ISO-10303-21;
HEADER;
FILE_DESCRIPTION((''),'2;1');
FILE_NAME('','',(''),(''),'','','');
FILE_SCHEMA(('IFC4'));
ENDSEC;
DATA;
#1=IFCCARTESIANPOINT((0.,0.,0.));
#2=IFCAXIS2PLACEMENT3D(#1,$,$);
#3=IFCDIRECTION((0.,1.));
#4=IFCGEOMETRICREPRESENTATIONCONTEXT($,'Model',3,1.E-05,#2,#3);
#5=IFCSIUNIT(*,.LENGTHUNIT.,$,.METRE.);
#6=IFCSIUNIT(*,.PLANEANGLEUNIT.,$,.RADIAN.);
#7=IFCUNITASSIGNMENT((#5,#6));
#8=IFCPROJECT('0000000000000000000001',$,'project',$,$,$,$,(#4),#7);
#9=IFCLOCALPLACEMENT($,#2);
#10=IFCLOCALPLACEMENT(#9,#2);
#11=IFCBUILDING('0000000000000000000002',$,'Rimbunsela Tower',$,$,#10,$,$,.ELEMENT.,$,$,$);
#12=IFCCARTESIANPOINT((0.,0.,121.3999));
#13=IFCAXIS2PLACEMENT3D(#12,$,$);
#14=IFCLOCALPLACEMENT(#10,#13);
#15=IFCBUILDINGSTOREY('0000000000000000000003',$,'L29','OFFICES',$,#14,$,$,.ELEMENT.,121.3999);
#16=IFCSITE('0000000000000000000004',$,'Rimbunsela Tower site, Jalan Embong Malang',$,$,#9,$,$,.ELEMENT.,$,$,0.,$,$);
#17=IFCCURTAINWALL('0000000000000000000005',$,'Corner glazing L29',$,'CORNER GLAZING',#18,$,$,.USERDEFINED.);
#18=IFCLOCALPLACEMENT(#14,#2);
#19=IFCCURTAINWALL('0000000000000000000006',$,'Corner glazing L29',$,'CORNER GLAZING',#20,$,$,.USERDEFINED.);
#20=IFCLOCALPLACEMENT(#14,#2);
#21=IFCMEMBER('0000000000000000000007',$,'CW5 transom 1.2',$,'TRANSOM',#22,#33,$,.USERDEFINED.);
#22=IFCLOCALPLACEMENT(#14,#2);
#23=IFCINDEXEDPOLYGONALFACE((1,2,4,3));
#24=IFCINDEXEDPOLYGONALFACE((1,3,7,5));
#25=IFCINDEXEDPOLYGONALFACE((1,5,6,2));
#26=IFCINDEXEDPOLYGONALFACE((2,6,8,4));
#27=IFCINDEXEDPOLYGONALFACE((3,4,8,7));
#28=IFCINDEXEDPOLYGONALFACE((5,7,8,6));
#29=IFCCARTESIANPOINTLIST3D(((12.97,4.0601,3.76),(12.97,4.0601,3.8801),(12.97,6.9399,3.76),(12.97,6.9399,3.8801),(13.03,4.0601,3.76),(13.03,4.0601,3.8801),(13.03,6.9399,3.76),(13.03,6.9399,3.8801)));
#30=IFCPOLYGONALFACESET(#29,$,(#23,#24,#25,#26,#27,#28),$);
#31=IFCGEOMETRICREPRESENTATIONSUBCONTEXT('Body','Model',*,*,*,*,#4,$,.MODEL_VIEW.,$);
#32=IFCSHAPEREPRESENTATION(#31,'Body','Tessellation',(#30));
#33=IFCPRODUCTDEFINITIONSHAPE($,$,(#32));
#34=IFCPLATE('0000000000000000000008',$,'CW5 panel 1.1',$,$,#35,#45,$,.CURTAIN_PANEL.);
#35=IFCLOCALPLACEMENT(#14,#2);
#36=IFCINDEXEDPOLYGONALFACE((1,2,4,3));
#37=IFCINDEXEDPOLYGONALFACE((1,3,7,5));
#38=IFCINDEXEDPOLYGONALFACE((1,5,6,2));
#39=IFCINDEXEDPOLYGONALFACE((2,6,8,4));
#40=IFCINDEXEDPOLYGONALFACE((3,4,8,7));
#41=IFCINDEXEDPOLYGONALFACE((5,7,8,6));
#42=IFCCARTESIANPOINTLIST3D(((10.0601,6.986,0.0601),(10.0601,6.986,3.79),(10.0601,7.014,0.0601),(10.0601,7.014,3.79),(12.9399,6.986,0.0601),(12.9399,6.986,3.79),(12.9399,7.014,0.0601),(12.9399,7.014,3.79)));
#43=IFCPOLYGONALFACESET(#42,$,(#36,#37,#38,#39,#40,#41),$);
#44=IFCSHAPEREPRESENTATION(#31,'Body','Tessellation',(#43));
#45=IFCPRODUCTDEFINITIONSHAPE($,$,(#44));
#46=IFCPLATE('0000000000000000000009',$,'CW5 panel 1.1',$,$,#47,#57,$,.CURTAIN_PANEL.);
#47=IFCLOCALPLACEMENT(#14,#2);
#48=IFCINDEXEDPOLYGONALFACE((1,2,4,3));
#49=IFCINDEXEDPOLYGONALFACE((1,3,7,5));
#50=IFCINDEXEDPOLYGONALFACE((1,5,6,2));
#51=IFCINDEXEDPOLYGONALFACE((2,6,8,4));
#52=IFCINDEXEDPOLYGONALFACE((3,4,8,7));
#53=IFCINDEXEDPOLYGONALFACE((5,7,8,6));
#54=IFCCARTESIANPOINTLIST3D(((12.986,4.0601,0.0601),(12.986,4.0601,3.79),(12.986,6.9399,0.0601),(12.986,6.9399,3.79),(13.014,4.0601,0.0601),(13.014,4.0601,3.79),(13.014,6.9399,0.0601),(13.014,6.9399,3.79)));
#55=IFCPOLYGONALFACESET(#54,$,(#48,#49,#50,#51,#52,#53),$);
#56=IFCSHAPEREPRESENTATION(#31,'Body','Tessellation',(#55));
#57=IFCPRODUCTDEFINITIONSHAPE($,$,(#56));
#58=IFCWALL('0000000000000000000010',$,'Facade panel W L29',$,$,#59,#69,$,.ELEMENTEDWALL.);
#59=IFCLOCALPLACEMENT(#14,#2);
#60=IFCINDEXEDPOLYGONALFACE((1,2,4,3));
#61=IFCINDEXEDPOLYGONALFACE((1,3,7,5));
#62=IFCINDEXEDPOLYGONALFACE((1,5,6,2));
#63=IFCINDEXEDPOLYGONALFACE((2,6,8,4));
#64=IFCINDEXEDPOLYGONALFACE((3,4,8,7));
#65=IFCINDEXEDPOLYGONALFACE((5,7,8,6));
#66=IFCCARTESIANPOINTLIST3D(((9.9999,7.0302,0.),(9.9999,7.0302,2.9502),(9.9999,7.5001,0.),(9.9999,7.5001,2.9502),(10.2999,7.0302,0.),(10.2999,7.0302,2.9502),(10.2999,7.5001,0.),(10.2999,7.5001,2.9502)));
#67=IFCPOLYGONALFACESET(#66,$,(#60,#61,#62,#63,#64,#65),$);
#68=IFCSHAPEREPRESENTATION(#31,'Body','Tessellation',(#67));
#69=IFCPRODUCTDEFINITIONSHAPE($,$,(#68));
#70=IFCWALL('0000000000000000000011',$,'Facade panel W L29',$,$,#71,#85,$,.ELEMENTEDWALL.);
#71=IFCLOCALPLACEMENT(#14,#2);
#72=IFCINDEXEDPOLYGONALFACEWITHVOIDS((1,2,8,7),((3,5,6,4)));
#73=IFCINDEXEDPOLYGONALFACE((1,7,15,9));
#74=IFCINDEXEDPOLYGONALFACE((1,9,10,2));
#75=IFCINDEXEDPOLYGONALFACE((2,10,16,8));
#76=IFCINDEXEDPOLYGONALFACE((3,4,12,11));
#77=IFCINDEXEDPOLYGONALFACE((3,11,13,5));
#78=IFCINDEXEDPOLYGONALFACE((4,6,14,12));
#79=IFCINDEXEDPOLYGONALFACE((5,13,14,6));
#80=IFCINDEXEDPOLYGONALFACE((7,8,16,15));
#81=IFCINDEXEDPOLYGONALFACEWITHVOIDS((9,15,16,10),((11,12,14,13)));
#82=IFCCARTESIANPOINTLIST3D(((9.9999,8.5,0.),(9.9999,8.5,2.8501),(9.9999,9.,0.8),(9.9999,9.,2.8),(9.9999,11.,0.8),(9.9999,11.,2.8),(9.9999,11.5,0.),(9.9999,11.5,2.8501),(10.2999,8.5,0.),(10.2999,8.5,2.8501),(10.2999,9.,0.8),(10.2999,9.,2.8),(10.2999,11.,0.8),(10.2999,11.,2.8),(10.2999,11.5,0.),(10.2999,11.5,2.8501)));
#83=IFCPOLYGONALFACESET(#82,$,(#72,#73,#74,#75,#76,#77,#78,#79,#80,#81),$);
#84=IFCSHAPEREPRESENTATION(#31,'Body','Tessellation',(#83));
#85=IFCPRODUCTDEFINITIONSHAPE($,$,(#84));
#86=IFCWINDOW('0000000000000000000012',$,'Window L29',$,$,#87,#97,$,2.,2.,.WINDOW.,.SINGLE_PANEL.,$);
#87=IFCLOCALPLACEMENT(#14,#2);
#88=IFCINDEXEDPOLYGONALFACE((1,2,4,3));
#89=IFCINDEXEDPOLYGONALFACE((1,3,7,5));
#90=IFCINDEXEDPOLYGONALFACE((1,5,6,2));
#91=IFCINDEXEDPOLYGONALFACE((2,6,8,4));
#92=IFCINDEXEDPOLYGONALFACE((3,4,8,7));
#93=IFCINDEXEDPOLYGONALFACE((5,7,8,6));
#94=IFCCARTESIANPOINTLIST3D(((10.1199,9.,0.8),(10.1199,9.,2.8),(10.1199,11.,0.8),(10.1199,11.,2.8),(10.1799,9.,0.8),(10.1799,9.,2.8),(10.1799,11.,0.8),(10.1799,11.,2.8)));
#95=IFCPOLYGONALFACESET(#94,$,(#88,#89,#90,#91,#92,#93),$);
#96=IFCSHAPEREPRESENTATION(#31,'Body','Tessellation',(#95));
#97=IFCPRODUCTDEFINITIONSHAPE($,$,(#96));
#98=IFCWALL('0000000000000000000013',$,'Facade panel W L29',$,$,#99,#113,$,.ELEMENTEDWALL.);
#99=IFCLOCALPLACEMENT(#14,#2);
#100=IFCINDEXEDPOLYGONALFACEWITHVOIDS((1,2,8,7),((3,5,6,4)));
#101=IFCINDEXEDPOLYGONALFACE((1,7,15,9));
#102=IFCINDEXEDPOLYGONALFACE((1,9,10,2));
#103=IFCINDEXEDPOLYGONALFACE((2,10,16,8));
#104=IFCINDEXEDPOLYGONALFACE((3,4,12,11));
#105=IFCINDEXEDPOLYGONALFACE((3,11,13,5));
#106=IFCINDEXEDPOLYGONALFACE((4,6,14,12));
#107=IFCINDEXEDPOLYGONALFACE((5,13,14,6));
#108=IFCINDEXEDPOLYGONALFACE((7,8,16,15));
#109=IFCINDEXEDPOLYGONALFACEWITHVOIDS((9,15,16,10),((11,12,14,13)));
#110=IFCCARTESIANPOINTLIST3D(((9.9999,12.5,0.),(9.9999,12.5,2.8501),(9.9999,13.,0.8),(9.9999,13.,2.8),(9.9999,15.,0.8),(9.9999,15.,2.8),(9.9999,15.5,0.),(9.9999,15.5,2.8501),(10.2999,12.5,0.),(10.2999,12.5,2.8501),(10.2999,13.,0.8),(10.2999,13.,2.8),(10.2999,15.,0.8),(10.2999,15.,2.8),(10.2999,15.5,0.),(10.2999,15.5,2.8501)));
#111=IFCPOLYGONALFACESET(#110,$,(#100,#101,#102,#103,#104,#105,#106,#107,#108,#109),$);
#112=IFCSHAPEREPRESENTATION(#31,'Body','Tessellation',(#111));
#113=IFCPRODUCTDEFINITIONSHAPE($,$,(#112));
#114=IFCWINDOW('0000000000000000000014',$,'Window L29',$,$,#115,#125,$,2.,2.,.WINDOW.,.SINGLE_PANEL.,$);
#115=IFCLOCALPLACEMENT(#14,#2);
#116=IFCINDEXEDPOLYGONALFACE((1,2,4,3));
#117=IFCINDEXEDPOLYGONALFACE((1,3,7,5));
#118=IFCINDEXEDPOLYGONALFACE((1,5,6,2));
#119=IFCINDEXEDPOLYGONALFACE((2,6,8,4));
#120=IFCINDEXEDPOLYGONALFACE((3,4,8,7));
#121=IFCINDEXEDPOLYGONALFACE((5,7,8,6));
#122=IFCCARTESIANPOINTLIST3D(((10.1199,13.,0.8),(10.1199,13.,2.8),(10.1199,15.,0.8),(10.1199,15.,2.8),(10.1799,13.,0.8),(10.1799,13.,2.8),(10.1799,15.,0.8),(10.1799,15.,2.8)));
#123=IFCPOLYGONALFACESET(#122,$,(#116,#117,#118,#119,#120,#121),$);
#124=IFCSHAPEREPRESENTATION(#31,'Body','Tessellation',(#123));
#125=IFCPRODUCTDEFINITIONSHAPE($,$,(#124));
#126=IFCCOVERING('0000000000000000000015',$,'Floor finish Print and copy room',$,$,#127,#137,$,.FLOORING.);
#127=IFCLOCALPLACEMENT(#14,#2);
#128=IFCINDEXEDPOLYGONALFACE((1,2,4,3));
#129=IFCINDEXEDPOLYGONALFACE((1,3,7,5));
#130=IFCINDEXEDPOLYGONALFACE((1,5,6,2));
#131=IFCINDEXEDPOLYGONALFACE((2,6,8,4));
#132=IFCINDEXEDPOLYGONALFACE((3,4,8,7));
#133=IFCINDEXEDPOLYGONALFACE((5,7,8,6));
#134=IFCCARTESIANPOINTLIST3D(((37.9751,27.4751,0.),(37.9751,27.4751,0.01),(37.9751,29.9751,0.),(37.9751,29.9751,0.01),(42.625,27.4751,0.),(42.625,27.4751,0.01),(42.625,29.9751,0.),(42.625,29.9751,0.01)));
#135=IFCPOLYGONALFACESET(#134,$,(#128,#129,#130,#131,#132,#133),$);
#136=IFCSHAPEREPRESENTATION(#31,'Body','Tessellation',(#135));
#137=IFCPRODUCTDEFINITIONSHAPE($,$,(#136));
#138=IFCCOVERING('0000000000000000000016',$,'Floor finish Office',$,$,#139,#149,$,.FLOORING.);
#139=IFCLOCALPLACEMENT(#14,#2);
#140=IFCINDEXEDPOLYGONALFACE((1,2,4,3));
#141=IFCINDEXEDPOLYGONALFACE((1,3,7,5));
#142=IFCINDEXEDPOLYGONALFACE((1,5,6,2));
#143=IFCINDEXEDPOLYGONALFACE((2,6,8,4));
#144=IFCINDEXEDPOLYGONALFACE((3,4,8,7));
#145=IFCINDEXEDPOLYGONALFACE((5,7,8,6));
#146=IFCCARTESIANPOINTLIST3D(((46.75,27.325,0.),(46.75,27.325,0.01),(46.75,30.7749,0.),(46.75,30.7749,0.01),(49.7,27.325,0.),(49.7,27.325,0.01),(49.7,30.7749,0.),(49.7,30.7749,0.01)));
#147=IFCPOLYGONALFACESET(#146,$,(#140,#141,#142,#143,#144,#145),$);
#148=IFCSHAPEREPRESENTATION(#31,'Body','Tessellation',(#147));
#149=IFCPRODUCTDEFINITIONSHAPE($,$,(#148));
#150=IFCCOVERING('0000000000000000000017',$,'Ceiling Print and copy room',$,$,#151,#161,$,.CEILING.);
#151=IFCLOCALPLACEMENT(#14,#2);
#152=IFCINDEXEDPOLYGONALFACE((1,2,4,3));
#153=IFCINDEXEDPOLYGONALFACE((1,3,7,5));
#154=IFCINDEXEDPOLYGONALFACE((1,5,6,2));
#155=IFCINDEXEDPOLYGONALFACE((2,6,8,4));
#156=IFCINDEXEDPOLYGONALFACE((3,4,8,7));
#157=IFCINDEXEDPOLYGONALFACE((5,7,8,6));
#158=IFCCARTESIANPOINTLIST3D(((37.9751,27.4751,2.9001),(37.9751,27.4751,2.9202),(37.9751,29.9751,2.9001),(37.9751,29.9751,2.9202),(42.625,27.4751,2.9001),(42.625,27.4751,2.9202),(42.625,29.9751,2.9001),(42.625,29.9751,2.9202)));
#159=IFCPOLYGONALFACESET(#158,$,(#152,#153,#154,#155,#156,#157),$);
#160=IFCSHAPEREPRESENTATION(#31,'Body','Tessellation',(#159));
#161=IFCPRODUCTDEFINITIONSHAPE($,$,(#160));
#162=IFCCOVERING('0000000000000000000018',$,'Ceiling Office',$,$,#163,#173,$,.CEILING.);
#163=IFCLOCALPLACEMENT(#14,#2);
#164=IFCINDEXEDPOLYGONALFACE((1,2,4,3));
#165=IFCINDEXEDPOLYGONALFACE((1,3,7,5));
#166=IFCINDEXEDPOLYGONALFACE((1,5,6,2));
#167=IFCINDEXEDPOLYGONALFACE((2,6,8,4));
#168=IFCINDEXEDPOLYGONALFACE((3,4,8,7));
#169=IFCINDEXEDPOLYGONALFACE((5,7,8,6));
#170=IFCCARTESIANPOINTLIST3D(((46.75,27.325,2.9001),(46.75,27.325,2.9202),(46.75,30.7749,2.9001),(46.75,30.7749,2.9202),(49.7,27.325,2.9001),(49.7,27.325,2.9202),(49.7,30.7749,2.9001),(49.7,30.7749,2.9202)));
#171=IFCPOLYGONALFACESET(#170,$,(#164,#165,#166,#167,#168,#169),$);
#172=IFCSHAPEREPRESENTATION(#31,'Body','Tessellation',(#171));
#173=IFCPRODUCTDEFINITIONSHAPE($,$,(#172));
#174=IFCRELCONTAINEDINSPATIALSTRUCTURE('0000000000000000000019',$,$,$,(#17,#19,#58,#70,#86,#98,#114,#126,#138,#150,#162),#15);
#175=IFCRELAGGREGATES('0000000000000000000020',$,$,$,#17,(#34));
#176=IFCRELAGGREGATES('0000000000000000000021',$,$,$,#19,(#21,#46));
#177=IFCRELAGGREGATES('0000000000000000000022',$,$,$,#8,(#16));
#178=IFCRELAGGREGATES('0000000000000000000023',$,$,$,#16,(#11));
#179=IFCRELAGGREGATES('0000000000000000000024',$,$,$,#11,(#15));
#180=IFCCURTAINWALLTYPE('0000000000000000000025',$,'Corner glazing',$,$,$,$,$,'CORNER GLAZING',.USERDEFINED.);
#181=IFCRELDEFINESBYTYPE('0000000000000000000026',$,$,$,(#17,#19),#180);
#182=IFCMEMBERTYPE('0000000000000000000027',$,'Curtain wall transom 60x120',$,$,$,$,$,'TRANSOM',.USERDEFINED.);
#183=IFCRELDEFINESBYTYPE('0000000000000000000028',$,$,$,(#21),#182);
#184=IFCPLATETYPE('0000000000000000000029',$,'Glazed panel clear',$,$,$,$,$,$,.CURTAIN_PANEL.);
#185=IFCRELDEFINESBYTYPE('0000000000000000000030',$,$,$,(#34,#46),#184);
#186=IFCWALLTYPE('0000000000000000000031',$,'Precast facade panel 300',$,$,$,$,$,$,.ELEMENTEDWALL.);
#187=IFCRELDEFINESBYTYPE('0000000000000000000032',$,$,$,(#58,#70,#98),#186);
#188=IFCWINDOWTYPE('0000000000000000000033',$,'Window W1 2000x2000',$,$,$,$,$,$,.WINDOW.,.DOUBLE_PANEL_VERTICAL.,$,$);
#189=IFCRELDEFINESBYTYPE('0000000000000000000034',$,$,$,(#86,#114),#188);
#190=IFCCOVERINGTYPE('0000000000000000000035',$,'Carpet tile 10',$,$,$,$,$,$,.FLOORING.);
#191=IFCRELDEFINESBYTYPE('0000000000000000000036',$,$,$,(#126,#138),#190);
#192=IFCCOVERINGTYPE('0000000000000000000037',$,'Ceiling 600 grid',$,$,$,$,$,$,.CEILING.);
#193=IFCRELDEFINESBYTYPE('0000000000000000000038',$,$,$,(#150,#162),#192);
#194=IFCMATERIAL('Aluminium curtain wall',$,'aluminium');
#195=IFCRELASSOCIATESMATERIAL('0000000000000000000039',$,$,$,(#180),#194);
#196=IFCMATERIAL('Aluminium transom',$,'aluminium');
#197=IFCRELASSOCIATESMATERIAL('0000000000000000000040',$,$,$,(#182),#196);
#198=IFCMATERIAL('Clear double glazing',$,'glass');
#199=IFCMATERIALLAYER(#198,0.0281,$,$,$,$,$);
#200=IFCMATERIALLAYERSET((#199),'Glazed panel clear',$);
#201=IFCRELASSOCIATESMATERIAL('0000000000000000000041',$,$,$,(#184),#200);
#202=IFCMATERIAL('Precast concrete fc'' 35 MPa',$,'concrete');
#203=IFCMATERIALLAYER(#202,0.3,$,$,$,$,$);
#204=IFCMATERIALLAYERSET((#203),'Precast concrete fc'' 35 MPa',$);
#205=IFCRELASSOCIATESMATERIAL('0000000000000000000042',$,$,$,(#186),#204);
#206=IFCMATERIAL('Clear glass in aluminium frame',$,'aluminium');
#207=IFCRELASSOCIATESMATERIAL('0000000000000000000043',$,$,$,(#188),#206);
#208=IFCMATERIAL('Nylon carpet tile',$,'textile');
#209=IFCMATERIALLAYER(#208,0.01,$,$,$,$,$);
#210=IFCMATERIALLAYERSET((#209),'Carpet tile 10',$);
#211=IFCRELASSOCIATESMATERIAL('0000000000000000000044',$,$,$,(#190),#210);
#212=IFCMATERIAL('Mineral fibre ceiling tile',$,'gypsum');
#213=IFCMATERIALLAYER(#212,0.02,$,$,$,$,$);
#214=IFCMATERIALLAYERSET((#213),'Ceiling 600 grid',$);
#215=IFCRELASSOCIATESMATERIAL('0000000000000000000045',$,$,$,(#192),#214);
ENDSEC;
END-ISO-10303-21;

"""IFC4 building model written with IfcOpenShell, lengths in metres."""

from ifc_helpers import new_model, si_unit, direction, frame, frame_2d, origin, origin_2d, place, context, subcontext, project, spatial, polyline, rectangle, outline, extrude, material, layer, layer_set, material_profile, profile_set, type_object, element, fill, aggregate, save


model = new_model("IFC4")

# Units and contexts
model_context = context("Model", 3, precision=1e-05, world=origin(), true_north=direction((0.0, 1.0)))
body_context = subcontext(model_context, "Body", "Model", "MODEL_VIEW")
ifc_project = project(units=[si_unit("LENGTHUNIT", "METRE"), si_unit("PLANEANGLEUNIT", "RADIAN")], contexts=[model_context])

# Site, building, storey
site_placement = place(None, origin())
site = spatial("IfcSite", under=ifc_project, at=site_placement, Name="Rimbunsela Tower site, Jalan Embong Malang", CompositionType="ELEMENT", RefElevation=0.0)
building_placement = place(site_placement, origin())
building = spatial("IfcBuilding", under=site, at=building_placement, Name="Rimbunsela Tower", CompositionType="ELEMENT")
storey_placement = place(building_placement, frame((0.0, 0.0, 121.3999)))
storey = spatial("IfcBuildingStorey", under=building, at=storey_placement, Name="L29", Description="OFFICES", CompositionType="ELEMENT", Elevation=121.3999)

# Curtain wall
ifc_material_1 = material(Name="Aluminium curtain wall", Category="aluminium")
curtain_wall_type = type_object("IfcCurtainWallType", Name="Corner glazing", ElementType="CORNER GLAZING", PredefinedType="USERDEFINED", material=ifc_material_1)
curtain_wall_1_placement = place(storey_placement, origin())
curtain_wall_1 = element("IfcCurtainWall", 1, at=curtain_wall_1_placement, inside=storey, type_object=curtain_wall_type, Name="Corner glazing L29", ObjectType="CORNER GLAZING", PredefinedType="USERDEFINED")

# Curtain wall
curtain_wall_2_placement = place(storey_placement, origin())
curtain_wall_2 = element("IfcCurtainWall", 2, at=curtain_wall_2_placement, inside=storey, type_object=curtain_wall_type, Name="Corner glazing L29", ObjectType="CORNER GLAZING", PredefinedType="USERDEFINED")

# Member
ifc_material_2 = material(Name="Aluminium transom", Category="aluminium")
ifc_material_profile_1 = material_profile(ifc_material_2, rectangle(XDim=0.0601, YDim=0.1201, at=origin_2d()), Name="Transom 60x120")
ifc_profile_set_1 = profile_set([ifc_material_profile_1], Name="Aluminium transom")
member_type_1 = type_object("IfcMemberType", Name="Curtain wall transom 60x120", ElementType="TRANSOM", PredefinedType="USERDEFINED", material=ifc_profile_set_1)
member_1_placement = place(storey_placement, frame((13.0, 6.9399, 3.8201), z_axis=(0.0, -1.0, 0.0), x_axis=(1.0, 0.0, 0.0)))
member_1 = element("IfcMember", 3, at=member_1_placement, type_object=member_type_1, Name="CW5 transom 1.2", ObjectType="TRANSOM", PredefinedType="USERDEFINED", context=body_context, shape_type="SweptSolid", body=[
    extrude(rectangle(XDim=0.0601, YDim=0.1201, at=origin_2d()), origin(), (0.0, 0.0, 1.0), 2.8799),
])

# Plates
ifc_material_3 = material(Name="Clear double glazing", Category="glass")
ifc_layer_1 = layer(ifc_material_3, 0.0281)
ifc_layer_set_1 = layer_set([ifc_layer_1], Name="Glazed panel clear")
plate_type = type_object("IfcPlateType", Name="Glazed panel clear", PredefinedType="CURTAIN_PANEL", material=ifc_layer_set_1)
plate_1_placement = place(storey_placement, frame((11.5, 7.0, 0.0601), z_axis=(0.0, 0.0, 1.0), x_axis=(1.0, 0.0, 0.0)))
plate_1 = element("IfcPlate", 4, at=plate_1_placement, type_object=plate_type, Name="CW5 panel 1.1", PredefinedType="CURTAIN_PANEL", context=body_context, shape_type="SweptSolid", body=[
    extrude(rectangle(XDim=2.8799, YDim=0.0281, at=origin_2d()), origin(), (0.0, 0.0, 1.0), 3.73),
])
aggregate(curtain_wall_1, [plate_1])
plate_2_placement = place(storey_placement, frame((13.0, 5.5, 0.0601), z_axis=(0.0, 0.0, 1.0), x_axis=(0.0, -1.0, 0.0)))
plate_2 = element("IfcPlate", 5, at=plate_2_placement, type_object=plate_type, Name="CW5 panel 1.1", PredefinedType="CURTAIN_PANEL", context=body_context, shape_type="SweptSolid", body=[
    extrude(rectangle(XDim=2.8799, YDim=0.0281, at=origin_2d()), origin(), (0.0, 0.0, 1.0), 3.73),
])
aggregate(curtain_wall_2, [member_1, plate_2])

# Wall
ifc_material_4 = material(Name="Precast concrete fc' 35 MPa", Category="concrete")
ifc_layer_2 = layer(ifc_material_4, 0.3)
ifc_layer_set_2 = layer_set([ifc_layer_2], Name="Precast concrete fc' 35 MPa")
wall_type = type_object("IfcWallType", Name="Precast facade panel 300", PredefinedType="ELEMENTEDWALL", material=ifc_layer_set_2)
wall_1_placement = place(storey_placement, frame((10.1499, 7.5, 0.0), z_axis=(0.0, 0.0, 1.0), x_axis=(0.0, -1.0, 0.0)))
element("IfcWall", 6, at=wall_1_placement, inside=storey, type_object=wall_type, Name="Facade panel W L29", PredefinedType="ELEMENTEDWALL", context=body_context, shape_type="SweptSolid", body=[
    extrude(rectangle(XDim=0.47, YDim=0.3, at=frame_2d((0.2349, 0.0))), origin(), (0.0, 0.0, 1.0), 2.9502),
])

# Walls, openings, windows
wall_2_placement = place(storey_placement, frame((10.1499, 11.5, 0.0), z_axis=(0.0, 0.0, 1.0), x_axis=(0.0, -1.0, 0.0)))
wall_2 = element("IfcWall", 7, at=wall_2_placement, inside=storey, type_object=wall_type, Name="Facade panel W L29", PredefinedType="ELEMENTEDWALL", context=body_context, shape_type="SweptSolid", body=[
    extrude(rectangle(XDim=3.0, YDim=0.3, at=frame_2d((1.5, 0.0))), origin(), (0.0, 0.0, 1.0), 2.8501),
])
opening_1_placement = place(wall_2_placement, frame((0.5, 0.0, 0.8)))
opening_1 = element("IfcOpeningElement", 8, at=opening_1_placement, cuts=wall_2, PredefinedType="OPENING", context=body_context, shape_type="SweptSolid", body=[
    extrude(rectangle(XDim=2.0, YDim=2.0, at=frame_2d((1.0, 1.0))), frame((0.0, 0.1599, 0.0), z_axis=(0.0, -1.0, 0.0), x_axis=(1.0, 0.0, 0.0)), (0.0, 0.0, 1.0), 0.3201),
])
ifc_material_5 = material(Name="Clear glass in aluminium frame", Category="aluminium")
window_type = type_object("IfcWindowType", Name="Window W1 2000x2000", PartitioningType="DOUBLE_PANEL_VERTICAL", PredefinedType="WINDOW", material=ifc_material_5)
window_1_placement = place(opening_1_placement, origin())
window_1 = element("IfcWindow", 9, at=window_1_placement, inside=storey, type_object=window_type, Name="Window L29", OverallHeight=2.0, OverallWidth=2.0, PartitioningType="SINGLE_PANEL", PredefinedType="WINDOW", context=body_context, shape_type="SweptSolid", body=[
    extrude(rectangle(XDim=2.0, YDim=2.0, at=frame_2d((1.0, 1.0))), frame((0.0, 0.03, 0.0), z_axis=(0.0, -1.0, 0.0), x_axis=(1.0, 0.0, 0.0)), (0.0, 0.0, 1.0), 0.0601),
])
fill(opening_1, window_1)
wall_3_placement = place(storey_placement, frame((10.1499, 15.5, 0.0), z_axis=(0.0, 0.0, 1.0), x_axis=(0.0, -1.0, 0.0)))
wall_3 = element("IfcWall", 10, at=wall_3_placement, inside=storey, type_object=wall_type, Name="Facade panel W L29", PredefinedType="ELEMENTEDWALL", context=body_context, shape_type="SweptSolid", body=[
    extrude(rectangle(XDim=3.0, YDim=0.3, at=frame_2d((1.5, 0.0))), origin(), (0.0, 0.0, 1.0), 2.8501),
])
opening_2_placement = place(wall_3_placement, frame((0.5, 0.0, 0.8)))
opening_2 = element("IfcOpeningElement", 11, at=opening_2_placement, cuts=wall_3, PredefinedType="OPENING", context=body_context, shape_type="SweptSolid", body=[
    extrude(rectangle(XDim=2.0, YDim=2.0, at=frame_2d((1.0, 1.0))), frame((0.0, 0.1599, 0.0), z_axis=(0.0, -1.0, 0.0), x_axis=(1.0, 0.0, 0.0)), (0.0, 0.0, 1.0), 0.3201),
])
window_2_placement = place(opening_2_placement, origin())
window_2 = element("IfcWindow", 12, at=window_2_placement, inside=storey, type_object=window_type, Name="Window L29", OverallHeight=2.0, OverallWidth=2.0, PartitioningType="SINGLE_PANEL", PredefinedType="WINDOW", context=body_context, shape_type="SweptSolid", body=[
    extrude(rectangle(XDim=2.0, YDim=2.0, at=frame_2d((1.0, 1.0))), frame((0.0, 0.03, 0.0), z_axis=(0.0, -1.0, 0.0), x_axis=(1.0, 0.0, 0.0)), (0.0, 0.0, 1.0), 0.0601),
])
fill(opening_2, window_2)

# Coverings
ifc_material_6 = material(Name="Nylon carpet tile", Category="textile")
ifc_layer_3 = layer(ifc_material_6, 0.01)
ifc_layer_set_3 = layer_set([ifc_layer_3], Name="Carpet tile 10")
covering_type_1 = type_object("IfcCoveringType", Name="Carpet tile 10", PredefinedType="FLOORING", material=ifc_layer_set_3)
covering_1_placement = place(storey_placement, origin())
element("IfcCovering", 13, at=covering_1_placement, inside=storey, type_object=covering_type_1, Name="Floor finish Print and copy room", PredefinedType="FLOORING", context=body_context, shape_type="SweptSolid", body=[
    extrude(outline(polyline([(42.625, 27.4751), (42.625, 29.9751), (37.9751, 29.9751), (37.9751, 27.4751), (42.625, 27.4751)])), origin(), (0.0, 0.0, 1.0), 0.01),
])
covering_2_placement = place(storey_placement, origin())
element("IfcCovering", 14, at=covering_2_placement, inside=storey, type_object=covering_type_1, Name="Floor finish Office", PredefinedType="FLOORING", context=body_context, shape_type="SweptSolid", body=[
    extrude(outline(polyline([(49.7, 27.325), (49.7, 30.7749), (46.75, 30.7749), (46.75, 27.325), (49.7, 27.325)])), origin(), (0.0, 0.0, 1.0), 0.01),
])
ifc_material_7 = material(Name="Mineral fibre ceiling tile", Category="gypsum")
ifc_layer_4 = layer(ifc_material_7, 0.02)
ifc_layer_set_4 = layer_set([ifc_layer_4], Name="Ceiling 600 grid")
covering_type_2 = type_object("IfcCoveringType", Name="Ceiling 600 grid", PredefinedType="CEILING", material=ifc_layer_set_4)
covering_3_placement = place(storey_placement, frame((0.0, 0.0, 2.9001)))
element("IfcCovering", 15, at=covering_3_placement, inside=storey, type_object=covering_type_2, Name="Ceiling Print and copy room", PredefinedType="CEILING", context=body_context, shape_type="SweptSolid", body=[
    extrude(outline(polyline([(42.625, 27.4751), (42.625, 29.9751), (37.9751, 29.9751), (37.9751, 27.4751), (42.625, 27.4751)])), origin(), (0.0, 0.0, 1.0), 0.02),
])
covering_4_placement = place(storey_placement, frame((0.0, 0.0, 2.9001)))
element("IfcCovering", 16, at=covering_4_placement, inside=storey, type_object=covering_type_2, Name="Ceiling Office", PredefinedType="CEILING", context=body_context, shape_type="SweptSolid", body=[
    extrude(outline(polyline([(49.7, 27.325), (49.7, 30.7749), (46.75, 30.7749), (46.75, 27.325), (49.7, 27.325)])), origin(), (0.0, 0.0, 1.0), 0.02),
])

save(model, "model.ifc")
